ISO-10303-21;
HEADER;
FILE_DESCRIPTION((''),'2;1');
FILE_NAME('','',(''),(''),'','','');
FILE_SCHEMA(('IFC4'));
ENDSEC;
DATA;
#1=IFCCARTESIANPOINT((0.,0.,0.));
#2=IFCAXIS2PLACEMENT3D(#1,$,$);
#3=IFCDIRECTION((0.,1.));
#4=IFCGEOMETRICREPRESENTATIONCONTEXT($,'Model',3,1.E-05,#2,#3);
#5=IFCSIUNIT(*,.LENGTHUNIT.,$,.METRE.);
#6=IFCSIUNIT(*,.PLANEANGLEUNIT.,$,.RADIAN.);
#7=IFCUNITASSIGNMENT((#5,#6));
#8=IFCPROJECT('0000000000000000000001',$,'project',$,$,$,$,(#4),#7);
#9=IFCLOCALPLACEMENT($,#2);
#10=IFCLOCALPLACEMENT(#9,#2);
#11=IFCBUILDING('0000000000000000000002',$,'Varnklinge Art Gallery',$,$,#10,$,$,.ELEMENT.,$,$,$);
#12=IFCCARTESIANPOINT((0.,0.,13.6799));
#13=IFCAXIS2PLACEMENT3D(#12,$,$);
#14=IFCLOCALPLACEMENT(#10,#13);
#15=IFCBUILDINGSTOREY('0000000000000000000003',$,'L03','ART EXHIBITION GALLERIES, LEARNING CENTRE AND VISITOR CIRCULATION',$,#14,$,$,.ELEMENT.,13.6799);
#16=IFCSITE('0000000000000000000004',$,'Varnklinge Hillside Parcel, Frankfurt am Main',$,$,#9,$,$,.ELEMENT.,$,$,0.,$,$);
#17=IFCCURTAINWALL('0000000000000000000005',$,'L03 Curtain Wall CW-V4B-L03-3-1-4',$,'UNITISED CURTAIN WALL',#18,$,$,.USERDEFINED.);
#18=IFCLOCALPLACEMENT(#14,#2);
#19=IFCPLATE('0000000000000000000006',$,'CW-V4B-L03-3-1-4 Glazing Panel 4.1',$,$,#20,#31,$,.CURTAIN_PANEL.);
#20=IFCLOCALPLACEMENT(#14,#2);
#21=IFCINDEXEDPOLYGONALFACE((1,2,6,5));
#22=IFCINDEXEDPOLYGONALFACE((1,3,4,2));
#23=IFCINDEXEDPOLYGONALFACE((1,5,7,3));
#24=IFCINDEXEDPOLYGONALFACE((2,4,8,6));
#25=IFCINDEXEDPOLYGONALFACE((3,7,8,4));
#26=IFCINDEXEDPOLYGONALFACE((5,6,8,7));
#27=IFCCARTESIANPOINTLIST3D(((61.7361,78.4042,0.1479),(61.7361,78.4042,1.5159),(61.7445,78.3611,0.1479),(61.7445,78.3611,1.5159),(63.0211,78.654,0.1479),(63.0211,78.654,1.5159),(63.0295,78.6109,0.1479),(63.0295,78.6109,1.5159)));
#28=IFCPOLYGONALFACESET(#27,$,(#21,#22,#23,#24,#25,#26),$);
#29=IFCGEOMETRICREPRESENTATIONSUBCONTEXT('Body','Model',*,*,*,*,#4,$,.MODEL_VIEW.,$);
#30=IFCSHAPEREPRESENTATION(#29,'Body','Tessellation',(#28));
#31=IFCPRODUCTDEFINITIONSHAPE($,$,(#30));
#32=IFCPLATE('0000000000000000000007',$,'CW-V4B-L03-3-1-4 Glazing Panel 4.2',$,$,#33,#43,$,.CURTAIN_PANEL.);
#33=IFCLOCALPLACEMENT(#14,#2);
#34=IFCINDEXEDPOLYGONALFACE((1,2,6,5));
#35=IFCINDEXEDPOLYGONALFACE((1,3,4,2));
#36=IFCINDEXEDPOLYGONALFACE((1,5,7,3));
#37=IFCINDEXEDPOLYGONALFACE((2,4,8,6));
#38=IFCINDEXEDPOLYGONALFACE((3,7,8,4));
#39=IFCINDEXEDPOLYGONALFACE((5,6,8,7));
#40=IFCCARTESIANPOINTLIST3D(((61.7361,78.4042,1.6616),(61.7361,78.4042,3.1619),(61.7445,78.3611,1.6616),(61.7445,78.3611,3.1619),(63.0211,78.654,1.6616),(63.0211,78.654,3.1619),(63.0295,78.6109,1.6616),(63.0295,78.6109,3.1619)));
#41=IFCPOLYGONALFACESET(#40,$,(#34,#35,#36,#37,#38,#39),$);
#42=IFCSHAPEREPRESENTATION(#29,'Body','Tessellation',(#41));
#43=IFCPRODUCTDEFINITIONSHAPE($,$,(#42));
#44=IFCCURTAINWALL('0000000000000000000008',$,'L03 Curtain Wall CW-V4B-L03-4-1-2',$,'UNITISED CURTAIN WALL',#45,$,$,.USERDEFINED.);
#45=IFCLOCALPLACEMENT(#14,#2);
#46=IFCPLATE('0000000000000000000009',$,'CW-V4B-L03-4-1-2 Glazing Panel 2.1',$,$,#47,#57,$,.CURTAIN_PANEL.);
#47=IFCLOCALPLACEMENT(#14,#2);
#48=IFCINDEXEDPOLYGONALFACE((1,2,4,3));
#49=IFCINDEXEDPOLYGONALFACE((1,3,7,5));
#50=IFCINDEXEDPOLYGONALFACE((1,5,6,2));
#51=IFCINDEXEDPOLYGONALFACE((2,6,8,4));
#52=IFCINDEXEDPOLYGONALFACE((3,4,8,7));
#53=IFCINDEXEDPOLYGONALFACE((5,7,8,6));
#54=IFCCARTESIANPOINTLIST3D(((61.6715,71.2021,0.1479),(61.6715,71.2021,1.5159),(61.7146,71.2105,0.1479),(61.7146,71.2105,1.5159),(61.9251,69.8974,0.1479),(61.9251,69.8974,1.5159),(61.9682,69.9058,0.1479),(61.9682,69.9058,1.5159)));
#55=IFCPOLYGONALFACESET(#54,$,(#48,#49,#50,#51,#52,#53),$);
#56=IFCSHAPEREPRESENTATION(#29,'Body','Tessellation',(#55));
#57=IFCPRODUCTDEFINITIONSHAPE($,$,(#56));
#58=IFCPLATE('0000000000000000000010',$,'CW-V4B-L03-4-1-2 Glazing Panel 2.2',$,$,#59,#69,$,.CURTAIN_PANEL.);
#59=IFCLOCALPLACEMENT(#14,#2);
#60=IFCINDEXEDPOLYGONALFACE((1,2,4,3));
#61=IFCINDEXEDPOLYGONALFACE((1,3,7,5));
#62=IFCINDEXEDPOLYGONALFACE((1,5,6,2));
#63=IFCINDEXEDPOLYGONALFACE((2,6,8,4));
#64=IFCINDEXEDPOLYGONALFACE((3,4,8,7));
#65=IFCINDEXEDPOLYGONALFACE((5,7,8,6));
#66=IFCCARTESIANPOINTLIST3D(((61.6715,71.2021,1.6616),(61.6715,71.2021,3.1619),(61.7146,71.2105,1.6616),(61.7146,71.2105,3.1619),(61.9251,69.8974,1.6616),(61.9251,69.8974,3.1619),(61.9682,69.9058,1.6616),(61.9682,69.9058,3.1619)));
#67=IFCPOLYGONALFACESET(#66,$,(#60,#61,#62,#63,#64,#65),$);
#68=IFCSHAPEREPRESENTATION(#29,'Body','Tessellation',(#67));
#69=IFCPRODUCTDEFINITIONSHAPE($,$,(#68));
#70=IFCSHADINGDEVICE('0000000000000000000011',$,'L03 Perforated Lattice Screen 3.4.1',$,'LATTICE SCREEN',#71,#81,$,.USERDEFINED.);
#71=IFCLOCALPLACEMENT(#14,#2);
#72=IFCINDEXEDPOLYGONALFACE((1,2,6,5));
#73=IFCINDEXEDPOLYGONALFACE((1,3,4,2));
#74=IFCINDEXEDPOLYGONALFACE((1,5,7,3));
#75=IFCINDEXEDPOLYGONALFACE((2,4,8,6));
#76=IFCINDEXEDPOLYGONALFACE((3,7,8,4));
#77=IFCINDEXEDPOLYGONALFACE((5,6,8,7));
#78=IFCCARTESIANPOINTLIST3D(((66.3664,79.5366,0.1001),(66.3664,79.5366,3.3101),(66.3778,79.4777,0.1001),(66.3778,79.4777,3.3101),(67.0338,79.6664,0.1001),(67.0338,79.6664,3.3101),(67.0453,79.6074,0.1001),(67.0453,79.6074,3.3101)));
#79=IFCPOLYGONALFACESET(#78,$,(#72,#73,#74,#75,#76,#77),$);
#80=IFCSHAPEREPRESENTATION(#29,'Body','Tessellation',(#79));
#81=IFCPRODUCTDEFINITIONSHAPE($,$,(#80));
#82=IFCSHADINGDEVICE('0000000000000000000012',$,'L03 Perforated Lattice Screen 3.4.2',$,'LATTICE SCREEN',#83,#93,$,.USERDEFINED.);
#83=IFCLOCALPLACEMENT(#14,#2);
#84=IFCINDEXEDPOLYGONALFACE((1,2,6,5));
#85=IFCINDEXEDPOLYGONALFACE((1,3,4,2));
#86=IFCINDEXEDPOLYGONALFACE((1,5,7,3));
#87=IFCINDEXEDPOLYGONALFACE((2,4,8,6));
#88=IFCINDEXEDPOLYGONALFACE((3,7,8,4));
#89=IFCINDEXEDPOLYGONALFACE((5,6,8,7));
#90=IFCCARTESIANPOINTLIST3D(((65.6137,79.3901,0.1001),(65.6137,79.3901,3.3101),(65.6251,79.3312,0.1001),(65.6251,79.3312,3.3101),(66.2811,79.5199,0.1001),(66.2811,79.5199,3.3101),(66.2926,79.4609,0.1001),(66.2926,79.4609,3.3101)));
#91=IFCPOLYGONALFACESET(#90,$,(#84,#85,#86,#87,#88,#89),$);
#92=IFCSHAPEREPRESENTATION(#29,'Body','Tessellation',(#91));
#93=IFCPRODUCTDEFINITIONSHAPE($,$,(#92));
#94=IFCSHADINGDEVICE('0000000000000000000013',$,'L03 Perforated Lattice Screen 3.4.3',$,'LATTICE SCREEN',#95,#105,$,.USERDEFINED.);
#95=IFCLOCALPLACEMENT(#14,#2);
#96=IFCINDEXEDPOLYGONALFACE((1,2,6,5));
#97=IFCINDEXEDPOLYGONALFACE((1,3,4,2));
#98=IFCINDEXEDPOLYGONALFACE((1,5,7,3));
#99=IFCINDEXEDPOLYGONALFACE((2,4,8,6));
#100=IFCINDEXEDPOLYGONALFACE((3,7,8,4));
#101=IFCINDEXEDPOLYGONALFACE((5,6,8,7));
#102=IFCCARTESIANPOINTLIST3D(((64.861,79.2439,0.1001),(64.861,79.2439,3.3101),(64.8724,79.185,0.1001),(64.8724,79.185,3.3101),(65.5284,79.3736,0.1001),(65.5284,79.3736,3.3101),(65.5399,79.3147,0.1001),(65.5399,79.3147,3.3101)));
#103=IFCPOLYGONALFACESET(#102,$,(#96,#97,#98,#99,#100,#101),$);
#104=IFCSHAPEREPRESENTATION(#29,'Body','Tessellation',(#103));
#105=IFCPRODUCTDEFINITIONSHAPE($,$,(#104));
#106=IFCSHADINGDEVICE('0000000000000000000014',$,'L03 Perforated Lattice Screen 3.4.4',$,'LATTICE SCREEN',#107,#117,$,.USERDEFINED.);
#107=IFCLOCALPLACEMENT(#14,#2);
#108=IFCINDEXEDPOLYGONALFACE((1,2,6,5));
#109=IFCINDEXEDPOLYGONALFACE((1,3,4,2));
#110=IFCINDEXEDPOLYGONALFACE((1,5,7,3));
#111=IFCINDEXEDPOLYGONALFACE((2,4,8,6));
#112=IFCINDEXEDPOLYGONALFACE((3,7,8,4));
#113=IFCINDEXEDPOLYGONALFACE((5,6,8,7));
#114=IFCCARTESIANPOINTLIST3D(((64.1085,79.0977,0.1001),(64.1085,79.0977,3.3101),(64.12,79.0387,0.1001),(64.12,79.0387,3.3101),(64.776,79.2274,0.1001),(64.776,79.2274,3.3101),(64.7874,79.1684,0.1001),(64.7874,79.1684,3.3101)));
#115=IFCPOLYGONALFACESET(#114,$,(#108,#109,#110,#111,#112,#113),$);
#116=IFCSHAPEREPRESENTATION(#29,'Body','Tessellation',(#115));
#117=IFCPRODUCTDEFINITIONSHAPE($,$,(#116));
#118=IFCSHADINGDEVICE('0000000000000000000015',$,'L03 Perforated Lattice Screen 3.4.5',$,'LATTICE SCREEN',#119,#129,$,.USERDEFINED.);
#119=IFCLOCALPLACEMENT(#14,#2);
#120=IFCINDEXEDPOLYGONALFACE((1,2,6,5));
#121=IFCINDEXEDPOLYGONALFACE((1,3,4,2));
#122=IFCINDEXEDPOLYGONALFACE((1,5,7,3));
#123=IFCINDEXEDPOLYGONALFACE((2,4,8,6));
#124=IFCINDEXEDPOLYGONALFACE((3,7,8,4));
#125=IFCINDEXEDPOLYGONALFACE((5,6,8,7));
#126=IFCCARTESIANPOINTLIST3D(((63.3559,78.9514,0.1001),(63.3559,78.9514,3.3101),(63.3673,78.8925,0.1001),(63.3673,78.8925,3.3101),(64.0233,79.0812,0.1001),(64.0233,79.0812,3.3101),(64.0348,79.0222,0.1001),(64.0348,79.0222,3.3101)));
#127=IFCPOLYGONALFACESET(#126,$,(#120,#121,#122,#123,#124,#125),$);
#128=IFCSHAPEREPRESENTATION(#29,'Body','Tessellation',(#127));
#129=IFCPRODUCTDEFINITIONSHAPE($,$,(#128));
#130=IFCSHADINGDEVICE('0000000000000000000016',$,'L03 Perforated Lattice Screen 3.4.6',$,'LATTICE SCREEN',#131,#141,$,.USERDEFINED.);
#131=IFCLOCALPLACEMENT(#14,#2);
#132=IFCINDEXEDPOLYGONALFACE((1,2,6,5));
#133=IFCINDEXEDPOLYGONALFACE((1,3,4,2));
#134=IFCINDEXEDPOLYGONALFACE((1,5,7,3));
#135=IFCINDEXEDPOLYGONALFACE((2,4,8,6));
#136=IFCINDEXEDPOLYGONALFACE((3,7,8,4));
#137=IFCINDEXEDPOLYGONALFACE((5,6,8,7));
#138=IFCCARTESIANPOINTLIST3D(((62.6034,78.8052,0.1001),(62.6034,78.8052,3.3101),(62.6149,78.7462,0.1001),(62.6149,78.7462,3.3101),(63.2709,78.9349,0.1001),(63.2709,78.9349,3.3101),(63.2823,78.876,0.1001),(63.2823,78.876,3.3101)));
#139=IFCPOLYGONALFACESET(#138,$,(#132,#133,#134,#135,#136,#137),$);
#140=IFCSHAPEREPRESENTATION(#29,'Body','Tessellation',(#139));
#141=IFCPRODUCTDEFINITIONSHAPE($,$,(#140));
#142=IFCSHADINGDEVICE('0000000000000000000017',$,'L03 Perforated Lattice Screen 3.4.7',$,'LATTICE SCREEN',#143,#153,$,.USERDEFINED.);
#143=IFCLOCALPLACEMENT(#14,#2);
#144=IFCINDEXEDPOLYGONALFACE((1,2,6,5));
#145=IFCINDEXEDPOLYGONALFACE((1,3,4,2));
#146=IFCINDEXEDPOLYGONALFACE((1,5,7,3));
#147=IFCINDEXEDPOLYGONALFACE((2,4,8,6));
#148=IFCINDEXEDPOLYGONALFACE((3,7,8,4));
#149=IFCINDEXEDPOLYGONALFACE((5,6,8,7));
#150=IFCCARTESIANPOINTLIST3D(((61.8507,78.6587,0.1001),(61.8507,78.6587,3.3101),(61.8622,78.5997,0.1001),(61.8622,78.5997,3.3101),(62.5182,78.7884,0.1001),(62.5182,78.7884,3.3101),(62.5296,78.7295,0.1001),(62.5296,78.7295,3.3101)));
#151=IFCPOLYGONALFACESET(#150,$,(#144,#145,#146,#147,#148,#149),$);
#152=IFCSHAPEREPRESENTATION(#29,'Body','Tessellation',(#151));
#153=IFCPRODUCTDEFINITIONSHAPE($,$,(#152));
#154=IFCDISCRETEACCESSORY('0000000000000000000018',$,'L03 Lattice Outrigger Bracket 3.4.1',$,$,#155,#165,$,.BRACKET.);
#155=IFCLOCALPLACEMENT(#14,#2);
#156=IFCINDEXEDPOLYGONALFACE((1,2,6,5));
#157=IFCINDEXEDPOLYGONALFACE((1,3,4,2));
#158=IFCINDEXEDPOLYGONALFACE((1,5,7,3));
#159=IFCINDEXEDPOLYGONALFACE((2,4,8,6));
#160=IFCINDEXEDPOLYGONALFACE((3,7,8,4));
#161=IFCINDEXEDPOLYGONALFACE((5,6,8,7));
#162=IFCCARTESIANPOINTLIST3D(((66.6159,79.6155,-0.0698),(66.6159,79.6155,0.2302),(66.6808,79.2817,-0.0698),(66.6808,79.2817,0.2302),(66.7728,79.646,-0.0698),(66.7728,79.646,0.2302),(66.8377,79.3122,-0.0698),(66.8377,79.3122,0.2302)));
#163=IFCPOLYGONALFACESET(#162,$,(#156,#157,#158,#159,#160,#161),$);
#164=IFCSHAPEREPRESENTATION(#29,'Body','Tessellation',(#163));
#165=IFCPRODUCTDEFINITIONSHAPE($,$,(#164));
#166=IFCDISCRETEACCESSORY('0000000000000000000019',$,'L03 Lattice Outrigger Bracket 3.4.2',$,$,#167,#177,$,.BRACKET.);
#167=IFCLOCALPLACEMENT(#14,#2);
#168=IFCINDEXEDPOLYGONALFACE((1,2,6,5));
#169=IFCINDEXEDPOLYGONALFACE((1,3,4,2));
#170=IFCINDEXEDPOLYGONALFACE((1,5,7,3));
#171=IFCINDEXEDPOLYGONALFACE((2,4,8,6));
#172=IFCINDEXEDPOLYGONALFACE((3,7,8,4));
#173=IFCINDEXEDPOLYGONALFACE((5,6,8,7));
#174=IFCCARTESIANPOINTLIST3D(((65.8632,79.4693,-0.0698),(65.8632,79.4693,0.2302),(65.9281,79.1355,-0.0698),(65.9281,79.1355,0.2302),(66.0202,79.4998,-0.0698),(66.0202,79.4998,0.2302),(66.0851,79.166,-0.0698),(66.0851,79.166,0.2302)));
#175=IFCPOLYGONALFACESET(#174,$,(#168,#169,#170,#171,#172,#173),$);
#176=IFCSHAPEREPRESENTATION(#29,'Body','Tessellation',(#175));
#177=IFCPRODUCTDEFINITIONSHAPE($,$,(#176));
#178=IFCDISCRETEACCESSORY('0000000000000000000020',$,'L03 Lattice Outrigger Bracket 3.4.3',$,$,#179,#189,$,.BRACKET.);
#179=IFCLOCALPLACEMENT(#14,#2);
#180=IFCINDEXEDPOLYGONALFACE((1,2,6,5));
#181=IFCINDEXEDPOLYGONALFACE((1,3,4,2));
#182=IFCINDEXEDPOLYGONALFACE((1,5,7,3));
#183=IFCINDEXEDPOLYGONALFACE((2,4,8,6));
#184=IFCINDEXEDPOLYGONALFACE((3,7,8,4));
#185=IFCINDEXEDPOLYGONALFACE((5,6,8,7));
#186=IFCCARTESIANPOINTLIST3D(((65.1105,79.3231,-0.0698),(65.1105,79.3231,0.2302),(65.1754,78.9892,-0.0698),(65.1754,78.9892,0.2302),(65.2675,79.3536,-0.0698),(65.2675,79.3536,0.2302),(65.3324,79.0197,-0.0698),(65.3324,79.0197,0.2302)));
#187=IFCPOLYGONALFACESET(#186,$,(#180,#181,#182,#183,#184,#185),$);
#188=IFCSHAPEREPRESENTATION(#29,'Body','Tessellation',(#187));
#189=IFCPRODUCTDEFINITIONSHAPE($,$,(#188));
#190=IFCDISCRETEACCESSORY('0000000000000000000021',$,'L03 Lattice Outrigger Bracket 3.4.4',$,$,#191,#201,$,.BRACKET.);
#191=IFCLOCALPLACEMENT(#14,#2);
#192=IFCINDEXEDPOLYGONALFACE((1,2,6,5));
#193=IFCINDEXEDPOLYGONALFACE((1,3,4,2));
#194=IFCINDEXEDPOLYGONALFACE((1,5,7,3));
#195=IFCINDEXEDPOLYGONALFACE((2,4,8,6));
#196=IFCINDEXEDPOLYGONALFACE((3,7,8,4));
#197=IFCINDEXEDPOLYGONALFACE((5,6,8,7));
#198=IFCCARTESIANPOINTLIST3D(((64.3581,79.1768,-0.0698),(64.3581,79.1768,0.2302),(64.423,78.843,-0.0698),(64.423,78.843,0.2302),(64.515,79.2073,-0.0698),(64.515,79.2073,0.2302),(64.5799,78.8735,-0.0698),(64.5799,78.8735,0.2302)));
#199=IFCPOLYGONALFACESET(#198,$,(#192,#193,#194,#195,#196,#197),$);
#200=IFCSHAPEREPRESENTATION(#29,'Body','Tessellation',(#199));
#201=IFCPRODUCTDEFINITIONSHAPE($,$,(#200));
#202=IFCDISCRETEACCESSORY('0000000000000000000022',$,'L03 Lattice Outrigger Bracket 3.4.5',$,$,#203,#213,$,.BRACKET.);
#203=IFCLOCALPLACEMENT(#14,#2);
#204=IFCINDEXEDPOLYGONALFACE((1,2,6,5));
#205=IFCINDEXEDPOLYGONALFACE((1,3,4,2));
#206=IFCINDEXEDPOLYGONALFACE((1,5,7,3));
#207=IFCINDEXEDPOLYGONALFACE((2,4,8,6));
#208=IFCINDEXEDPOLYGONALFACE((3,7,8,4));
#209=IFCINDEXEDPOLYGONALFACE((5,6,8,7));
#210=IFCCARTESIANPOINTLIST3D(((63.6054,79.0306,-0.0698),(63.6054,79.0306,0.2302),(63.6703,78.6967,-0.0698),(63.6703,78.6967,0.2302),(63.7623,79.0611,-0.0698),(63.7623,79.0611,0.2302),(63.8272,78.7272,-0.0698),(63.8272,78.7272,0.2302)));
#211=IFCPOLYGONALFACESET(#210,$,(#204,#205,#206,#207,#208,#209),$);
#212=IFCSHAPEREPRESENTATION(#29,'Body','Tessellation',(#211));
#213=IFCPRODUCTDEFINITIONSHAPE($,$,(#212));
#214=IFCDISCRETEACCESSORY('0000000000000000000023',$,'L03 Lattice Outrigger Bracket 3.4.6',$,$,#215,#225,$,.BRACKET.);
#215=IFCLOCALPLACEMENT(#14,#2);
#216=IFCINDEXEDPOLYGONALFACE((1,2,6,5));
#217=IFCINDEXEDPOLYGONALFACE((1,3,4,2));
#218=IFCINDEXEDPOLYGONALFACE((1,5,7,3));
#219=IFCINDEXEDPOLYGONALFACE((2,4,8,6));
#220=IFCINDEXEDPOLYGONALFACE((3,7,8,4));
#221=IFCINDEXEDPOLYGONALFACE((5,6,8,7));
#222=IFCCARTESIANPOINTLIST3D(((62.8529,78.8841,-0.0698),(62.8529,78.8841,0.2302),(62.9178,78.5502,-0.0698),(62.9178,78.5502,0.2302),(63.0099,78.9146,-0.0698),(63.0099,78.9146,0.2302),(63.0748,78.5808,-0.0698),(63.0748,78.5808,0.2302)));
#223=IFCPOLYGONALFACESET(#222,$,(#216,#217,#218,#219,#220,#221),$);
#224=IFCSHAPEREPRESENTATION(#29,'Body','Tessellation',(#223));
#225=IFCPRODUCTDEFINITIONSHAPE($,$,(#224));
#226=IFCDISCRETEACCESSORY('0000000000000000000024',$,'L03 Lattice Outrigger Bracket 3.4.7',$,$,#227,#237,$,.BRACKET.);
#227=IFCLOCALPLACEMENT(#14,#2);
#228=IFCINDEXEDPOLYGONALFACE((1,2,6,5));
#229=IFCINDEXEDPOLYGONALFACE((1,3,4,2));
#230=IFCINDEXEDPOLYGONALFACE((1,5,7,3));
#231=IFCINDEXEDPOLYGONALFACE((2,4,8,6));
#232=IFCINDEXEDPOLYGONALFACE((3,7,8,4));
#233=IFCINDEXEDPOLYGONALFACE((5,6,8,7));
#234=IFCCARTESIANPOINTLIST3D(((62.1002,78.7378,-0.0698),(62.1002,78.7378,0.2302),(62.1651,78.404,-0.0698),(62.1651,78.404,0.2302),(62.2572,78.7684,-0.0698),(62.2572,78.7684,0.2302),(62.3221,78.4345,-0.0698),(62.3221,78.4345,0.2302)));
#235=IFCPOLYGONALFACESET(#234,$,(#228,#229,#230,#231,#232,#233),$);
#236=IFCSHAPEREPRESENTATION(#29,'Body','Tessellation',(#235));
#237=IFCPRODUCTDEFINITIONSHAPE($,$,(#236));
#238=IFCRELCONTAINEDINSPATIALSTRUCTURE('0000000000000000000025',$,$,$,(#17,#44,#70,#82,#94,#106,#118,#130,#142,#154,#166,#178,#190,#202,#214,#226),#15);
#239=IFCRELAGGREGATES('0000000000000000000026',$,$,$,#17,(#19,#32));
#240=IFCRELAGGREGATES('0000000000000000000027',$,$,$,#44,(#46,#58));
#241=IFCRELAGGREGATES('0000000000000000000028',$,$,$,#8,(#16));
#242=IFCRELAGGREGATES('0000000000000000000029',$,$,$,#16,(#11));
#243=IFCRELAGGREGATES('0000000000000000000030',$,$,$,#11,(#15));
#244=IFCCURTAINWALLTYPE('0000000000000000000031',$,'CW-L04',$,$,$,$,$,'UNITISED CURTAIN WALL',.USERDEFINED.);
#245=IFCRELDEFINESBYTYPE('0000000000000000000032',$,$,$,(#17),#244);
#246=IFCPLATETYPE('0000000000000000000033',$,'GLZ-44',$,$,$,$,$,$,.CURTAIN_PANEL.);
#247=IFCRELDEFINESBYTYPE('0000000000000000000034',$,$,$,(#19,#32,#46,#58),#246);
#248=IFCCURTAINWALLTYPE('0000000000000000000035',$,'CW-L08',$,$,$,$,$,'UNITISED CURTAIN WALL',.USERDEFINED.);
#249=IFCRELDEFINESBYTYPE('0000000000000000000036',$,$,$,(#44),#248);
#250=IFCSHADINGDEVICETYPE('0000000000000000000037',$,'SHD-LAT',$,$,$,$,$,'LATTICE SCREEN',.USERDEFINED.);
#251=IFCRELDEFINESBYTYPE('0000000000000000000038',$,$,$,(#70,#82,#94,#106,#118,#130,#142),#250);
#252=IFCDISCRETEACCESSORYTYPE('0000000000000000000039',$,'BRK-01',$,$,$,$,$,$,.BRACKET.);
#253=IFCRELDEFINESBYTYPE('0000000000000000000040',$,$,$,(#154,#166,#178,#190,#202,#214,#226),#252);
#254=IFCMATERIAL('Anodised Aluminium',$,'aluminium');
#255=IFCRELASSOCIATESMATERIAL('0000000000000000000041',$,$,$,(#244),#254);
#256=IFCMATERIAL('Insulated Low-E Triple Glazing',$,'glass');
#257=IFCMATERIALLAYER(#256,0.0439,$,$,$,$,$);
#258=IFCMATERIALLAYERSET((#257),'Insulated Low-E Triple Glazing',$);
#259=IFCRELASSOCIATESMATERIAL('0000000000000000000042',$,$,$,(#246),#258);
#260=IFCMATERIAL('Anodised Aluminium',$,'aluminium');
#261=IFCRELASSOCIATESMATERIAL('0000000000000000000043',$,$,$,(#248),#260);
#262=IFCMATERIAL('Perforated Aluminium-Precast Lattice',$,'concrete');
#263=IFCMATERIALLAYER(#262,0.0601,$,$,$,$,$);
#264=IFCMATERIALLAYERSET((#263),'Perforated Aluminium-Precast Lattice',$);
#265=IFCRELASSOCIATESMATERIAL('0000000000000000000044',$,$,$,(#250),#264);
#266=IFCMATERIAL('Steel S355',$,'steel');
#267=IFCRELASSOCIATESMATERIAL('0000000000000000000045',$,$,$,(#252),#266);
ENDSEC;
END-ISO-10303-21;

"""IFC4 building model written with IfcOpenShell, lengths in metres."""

from ifc_helpers import new_model, si_unit, direction, frame, origin, origin_2d, place, context, subcontext, project, spatial, rectangle, extrude, material, layer, layer_set, type_object, element, aggregate, save


model = new_model("IFC4")

# Units and contexts
model_context = context("Model", 3, precision=1e-05, world=origin(), true_north=direction((0.0, 1.0)))
body_context = subcontext(model_context, "Body", "Model", "MODEL_VIEW")
ifc_project = project(units=[si_unit("LENGTHUNIT", "METRE"), si_unit("PLANEANGLEUNIT", "RADIAN")], contexts=[model_context])

# Site, building, storey
site_placement = place(None, origin())
site = spatial("IfcSite", under=ifc_project, at=site_placement, Name="Varnklinge Hillside Parcel, Frankfurt am Main", CompositionType="ELEMENT", RefElevation=0.0)
building_placement = place(site_placement, origin())
building = spatial("IfcBuilding", under=site, at=building_placement, Name="Varnklinge Art Gallery", CompositionType="ELEMENT")
storey_placement = place(building_placement, frame((0.0, 0.0, 13.6799)))
storey = spatial("IfcBuildingStorey", under=building, at=storey_placement, Name="L03", Description="ART EXHIBITION GALLERIES, LEARNING CENTRE AND VISITOR CIRCULATION", CompositionType="ELEMENT", Elevation=13.6799)

# Curtain wall
ifc_material_1 = material(Name="Anodised Aluminium", Category="aluminium")
curtain_wall_type_1 = type_object("IfcCurtainWallType", Name="CW-L04", ElementType="UNITISED CURTAIN WALL", PredefinedType="USERDEFINED", material=ifc_material_1)
curtain_wall_1_placement = place(storey_placement, origin())
curtain_wall_1 = element("IfcCurtainWall", 1, at=curtain_wall_1_placement, inside=storey, type_object=curtain_wall_type_1, Name="L03 Curtain Wall CW-V4B-L03-3-1-4", ObjectType="UNITISED CURTAIN WALL", PredefinedType="USERDEFINED")

# Plates
ifc_material_2 = material(Name="Insulated Low-E Triple Glazing", Category="glass")
ifc_layer_1 = layer(ifc_material_2, 0.0439)
ifc_layer_set_1 = layer_set([ifc_layer_1], Name="Insulated Low-E Triple Glazing")
plate_type = type_object("IfcPlateType", Name="GLZ-44", PredefinedType="CURTAIN_PANEL", material=ifc_layer_set_1)
plate_1_placement = place(storey_placement, frame((62.3828, 78.5076, 0.1479), z_axis=(0.0, 0.0, 1.0), x_axis=(-0.981627, -0.190809, 0.0)))
plate_1 = element("IfcPlate", 2, at=plate_1_placement, type_object=plate_type, Name="CW-V4B-L03-3-1-4 Glazing Panel 4.1", PredefinedType="CURTAIN_PANEL", context=body_context, shape_type="SweptSolid", body=[
    extrude(rectangle(XDim=1.3091, YDim=0.0439, at=origin_2d()), origin(), (0.0, 0.0, 1.0), 1.3679),
])
plate_2_placement = place(storey_placement, frame((62.3828, 78.5076, 1.6616), z_axis=(0.0, 0.0, 1.0), x_axis=(-0.981627, -0.190809, 0.0)))
plate_2 = element("IfcPlate", 3, at=plate_2_placement, type_object=plate_type, Name="CW-V4B-L03-3-1-4 Glazing Panel 4.2", PredefinedType="CURTAIN_PANEL", context=body_context, shape_type="SweptSolid", body=[
    extrude(rectangle(XDim=1.3091, YDim=0.0439, at=origin_2d()), origin(), (0.0, 0.0, 1.0), 1.5002),
])
aggregate(curtain_wall_1, [plate_1, plate_2])

# Curtain wall, plates
ifc_material_3 = material(Name="Anodised Aluminium", Category="aluminium")
curtain_wall_type_2 = type_object("IfcCurtainWallType", Name="CW-L08", ElementType="UNITISED CURTAIN WALL", PredefinedType="USERDEFINED", material=ifc_material_3)
curtain_wall_2_placement = place(storey_placement, origin())
curtain_wall_2 = element("IfcCurtainWall", 4, at=curtain_wall_2_placement, inside=storey, type_object=curtain_wall_type_2, Name="L03 Curtain Wall CW-V4B-L03-4-1-2", ObjectType="UNITISED CURTAIN WALL", PredefinedType="USERDEFINED")
plate_3_placement = place(storey_placement, frame((61.8198, 70.554, 0.1479), z_axis=(0.0, 0.0, 1.0), x_axis=(0.190809, -0.981627, 0.0)))
plate_3 = element("IfcPlate", 5, at=plate_3_placement, type_object=plate_type, Name="CW-V4B-L03-4-1-2 Glazing Panel 2.1", PredefinedType="CURTAIN_PANEL", context=body_context, shape_type="SweptSolid", body=[
    extrude(rectangle(XDim=1.3291, YDim=0.0439, at=origin_2d()), origin(), (0.0, 0.0, 1.0), 1.3679),
])
plate_4_placement = place(storey_placement, frame((61.8198, 70.554, 1.6616), z_axis=(0.0, 0.0, 1.0), x_axis=(0.190809, -0.981627, 0.0)))
plate_4 = element("IfcPlate", 6, at=plate_4_placement, type_object=plate_type, Name="CW-V4B-L03-4-1-2 Glazing Panel 2.2", PredefinedType="CURTAIN_PANEL", context=body_context, shape_type="SweptSolid", body=[
    extrude(rectangle(XDim=1.3291, YDim=0.0439, at=origin_2d()), origin(), (0.0, 0.0, 1.0), 1.5002),
])
aggregate(curtain_wall_2, [plate_3, plate_4])

# Shading devices
ifc_material_4 = material(Name="Perforated Aluminium-Precast Lattice", Category="concrete")
ifc_layer_2 = layer(ifc_material_4, 0.0601)
ifc_layer_set_2 = layer_set([ifc_layer_2], Name="Perforated Aluminium-Precast Lattice")
shading_device_type = type_object("IfcShadingDeviceType", Name="SHD-LAT", ElementType="LATTICE SCREEN", PredefinedType="USERDEFINED", material=ifc_layer_set_2)
for number, where, z_axis, x_axis, name in (
    (7, (66.7058, 79.572, 0.1001), (0.0, 0.0, 1.0), (-0.981627, -0.190809, 0.0), "L03 Perforated Lattice Screen 3.4.1"),
    (8, (65.9531, 79.4255, 0.1001), (0.0, 0.0, 1.0), (-0.981627, -0.190809, 0.0), "L03 Perforated Lattice Screen 3.4.2"),
    (9, (65.2004, 79.2793, 0.1001), (0.0, 0.0, 1.0), (-0.981627, -0.190809, 0.0), "L03 Perforated Lattice Screen 3.4.3"),
    (10, (64.448, 79.1331, 0.1001), (0.0, 0.0, 1.0), (-0.981627, -0.190809, 0.0), "L03 Perforated Lattice Screen 3.4.4"),
    (11, (63.6953, 78.9868, 0.1001), (0.0, 0.0, 1.0), (-0.981627, -0.190809, 0.0), "L03 Perforated Lattice Screen 3.4.5"),
    (12, (62.9429, 78.8406, 0.1001), (0.0, 0.0, 1.0), (-0.981627, -0.190809, 0.0), "L03 Perforated Lattice Screen 3.4.6"),
    (13, (62.1902, 78.6941, 0.1001), (0.0, 0.0, 1.0), (-0.981627, -0.190809, 0.0), "L03 Perforated Lattice Screen 3.4.7"),
):
    element("IfcShadingDevice", number, at=place(storey_placement, frame(where, z_axis=z_axis, x_axis=x_axis)), inside=storey, type_object=shading_device_type, Name=name, ObjectType="LATTICE SCREEN", PredefinedType="USERDEFINED", context=body_context, shape_type="SweptSolid", body=[
        extrude(rectangle(XDim=0.6799, YDim=0.0601, at=origin_2d()), origin(), (0.0, 0.0, 1.0), 3.21),
    ])

# Discrete accessories
ifc_material_5 = material(Name="Steel S355", Category="steel")
discrete_accessory_type = type_object("IfcDiscreteAccessoryType", Name="BRK-01", PredefinedType="BRACKET", material=ifc_material_5)
for number, where, z_axis, x_axis, name in (
    (14, (66.7268, 79.4639, -0.0698), (0.0, 0.0, 1.0), (-0.981627, -0.190809, 0.0), "L03 Lattice Outrigger Bracket 3.4.1"),
    (15, (65.9741, 79.3176, -0.0698), (0.0, 0.0, 1.0), (-0.981627, -0.190809, 0.0), "L03 Lattice Outrigger Bracket 3.4.2"),
    (16, (65.2214, 79.1714, -0.0698), (0.0, 0.0, 1.0), (-0.981627, -0.190809, 0.0), "L03 Lattice Outrigger Bracket 3.4.3"),
    (17, (64.469, 79.0251, -0.0698), (0.0, 0.0, 1.0), (-0.981627, -0.190809, 0.0), "L03 Lattice Outrigger Bracket 3.4.4"),
    (18, (63.7163, 78.8789, -0.0698), (0.0, 0.0, 1.0), (-0.981627, -0.190809, 0.0), "L03 Lattice Outrigger Bracket 3.4.5"),
    (19, (62.9639, 78.7324, -0.0698), (0.0, 0.0, 1.0), (-0.981627, -0.190809, 0.0), "L03 Lattice Outrigger Bracket 3.4.6"),
    (20, (62.2112, 78.5862, -0.0698), (0.0, 0.0, 1.0), (-0.981627, -0.190809, 0.0), "L03 Lattice Outrigger Bracket 3.4.7"),
):
    element("IfcDiscreteAccessory", number, at=place(storey_placement, frame(where, z_axis=z_axis, x_axis=x_axis)), inside=storey, type_object=discrete_accessory_type, Name=name, PredefinedType="BRACKET", context=body_context, shape_type="SweptSolid", body=[
        extrude(rectangle(XDim=0.1599, YDim=0.3401, at=origin_2d()), origin(), (0.0, 0.0, 1.0), 0.3),
    ])

save(model, "model.ifc")
